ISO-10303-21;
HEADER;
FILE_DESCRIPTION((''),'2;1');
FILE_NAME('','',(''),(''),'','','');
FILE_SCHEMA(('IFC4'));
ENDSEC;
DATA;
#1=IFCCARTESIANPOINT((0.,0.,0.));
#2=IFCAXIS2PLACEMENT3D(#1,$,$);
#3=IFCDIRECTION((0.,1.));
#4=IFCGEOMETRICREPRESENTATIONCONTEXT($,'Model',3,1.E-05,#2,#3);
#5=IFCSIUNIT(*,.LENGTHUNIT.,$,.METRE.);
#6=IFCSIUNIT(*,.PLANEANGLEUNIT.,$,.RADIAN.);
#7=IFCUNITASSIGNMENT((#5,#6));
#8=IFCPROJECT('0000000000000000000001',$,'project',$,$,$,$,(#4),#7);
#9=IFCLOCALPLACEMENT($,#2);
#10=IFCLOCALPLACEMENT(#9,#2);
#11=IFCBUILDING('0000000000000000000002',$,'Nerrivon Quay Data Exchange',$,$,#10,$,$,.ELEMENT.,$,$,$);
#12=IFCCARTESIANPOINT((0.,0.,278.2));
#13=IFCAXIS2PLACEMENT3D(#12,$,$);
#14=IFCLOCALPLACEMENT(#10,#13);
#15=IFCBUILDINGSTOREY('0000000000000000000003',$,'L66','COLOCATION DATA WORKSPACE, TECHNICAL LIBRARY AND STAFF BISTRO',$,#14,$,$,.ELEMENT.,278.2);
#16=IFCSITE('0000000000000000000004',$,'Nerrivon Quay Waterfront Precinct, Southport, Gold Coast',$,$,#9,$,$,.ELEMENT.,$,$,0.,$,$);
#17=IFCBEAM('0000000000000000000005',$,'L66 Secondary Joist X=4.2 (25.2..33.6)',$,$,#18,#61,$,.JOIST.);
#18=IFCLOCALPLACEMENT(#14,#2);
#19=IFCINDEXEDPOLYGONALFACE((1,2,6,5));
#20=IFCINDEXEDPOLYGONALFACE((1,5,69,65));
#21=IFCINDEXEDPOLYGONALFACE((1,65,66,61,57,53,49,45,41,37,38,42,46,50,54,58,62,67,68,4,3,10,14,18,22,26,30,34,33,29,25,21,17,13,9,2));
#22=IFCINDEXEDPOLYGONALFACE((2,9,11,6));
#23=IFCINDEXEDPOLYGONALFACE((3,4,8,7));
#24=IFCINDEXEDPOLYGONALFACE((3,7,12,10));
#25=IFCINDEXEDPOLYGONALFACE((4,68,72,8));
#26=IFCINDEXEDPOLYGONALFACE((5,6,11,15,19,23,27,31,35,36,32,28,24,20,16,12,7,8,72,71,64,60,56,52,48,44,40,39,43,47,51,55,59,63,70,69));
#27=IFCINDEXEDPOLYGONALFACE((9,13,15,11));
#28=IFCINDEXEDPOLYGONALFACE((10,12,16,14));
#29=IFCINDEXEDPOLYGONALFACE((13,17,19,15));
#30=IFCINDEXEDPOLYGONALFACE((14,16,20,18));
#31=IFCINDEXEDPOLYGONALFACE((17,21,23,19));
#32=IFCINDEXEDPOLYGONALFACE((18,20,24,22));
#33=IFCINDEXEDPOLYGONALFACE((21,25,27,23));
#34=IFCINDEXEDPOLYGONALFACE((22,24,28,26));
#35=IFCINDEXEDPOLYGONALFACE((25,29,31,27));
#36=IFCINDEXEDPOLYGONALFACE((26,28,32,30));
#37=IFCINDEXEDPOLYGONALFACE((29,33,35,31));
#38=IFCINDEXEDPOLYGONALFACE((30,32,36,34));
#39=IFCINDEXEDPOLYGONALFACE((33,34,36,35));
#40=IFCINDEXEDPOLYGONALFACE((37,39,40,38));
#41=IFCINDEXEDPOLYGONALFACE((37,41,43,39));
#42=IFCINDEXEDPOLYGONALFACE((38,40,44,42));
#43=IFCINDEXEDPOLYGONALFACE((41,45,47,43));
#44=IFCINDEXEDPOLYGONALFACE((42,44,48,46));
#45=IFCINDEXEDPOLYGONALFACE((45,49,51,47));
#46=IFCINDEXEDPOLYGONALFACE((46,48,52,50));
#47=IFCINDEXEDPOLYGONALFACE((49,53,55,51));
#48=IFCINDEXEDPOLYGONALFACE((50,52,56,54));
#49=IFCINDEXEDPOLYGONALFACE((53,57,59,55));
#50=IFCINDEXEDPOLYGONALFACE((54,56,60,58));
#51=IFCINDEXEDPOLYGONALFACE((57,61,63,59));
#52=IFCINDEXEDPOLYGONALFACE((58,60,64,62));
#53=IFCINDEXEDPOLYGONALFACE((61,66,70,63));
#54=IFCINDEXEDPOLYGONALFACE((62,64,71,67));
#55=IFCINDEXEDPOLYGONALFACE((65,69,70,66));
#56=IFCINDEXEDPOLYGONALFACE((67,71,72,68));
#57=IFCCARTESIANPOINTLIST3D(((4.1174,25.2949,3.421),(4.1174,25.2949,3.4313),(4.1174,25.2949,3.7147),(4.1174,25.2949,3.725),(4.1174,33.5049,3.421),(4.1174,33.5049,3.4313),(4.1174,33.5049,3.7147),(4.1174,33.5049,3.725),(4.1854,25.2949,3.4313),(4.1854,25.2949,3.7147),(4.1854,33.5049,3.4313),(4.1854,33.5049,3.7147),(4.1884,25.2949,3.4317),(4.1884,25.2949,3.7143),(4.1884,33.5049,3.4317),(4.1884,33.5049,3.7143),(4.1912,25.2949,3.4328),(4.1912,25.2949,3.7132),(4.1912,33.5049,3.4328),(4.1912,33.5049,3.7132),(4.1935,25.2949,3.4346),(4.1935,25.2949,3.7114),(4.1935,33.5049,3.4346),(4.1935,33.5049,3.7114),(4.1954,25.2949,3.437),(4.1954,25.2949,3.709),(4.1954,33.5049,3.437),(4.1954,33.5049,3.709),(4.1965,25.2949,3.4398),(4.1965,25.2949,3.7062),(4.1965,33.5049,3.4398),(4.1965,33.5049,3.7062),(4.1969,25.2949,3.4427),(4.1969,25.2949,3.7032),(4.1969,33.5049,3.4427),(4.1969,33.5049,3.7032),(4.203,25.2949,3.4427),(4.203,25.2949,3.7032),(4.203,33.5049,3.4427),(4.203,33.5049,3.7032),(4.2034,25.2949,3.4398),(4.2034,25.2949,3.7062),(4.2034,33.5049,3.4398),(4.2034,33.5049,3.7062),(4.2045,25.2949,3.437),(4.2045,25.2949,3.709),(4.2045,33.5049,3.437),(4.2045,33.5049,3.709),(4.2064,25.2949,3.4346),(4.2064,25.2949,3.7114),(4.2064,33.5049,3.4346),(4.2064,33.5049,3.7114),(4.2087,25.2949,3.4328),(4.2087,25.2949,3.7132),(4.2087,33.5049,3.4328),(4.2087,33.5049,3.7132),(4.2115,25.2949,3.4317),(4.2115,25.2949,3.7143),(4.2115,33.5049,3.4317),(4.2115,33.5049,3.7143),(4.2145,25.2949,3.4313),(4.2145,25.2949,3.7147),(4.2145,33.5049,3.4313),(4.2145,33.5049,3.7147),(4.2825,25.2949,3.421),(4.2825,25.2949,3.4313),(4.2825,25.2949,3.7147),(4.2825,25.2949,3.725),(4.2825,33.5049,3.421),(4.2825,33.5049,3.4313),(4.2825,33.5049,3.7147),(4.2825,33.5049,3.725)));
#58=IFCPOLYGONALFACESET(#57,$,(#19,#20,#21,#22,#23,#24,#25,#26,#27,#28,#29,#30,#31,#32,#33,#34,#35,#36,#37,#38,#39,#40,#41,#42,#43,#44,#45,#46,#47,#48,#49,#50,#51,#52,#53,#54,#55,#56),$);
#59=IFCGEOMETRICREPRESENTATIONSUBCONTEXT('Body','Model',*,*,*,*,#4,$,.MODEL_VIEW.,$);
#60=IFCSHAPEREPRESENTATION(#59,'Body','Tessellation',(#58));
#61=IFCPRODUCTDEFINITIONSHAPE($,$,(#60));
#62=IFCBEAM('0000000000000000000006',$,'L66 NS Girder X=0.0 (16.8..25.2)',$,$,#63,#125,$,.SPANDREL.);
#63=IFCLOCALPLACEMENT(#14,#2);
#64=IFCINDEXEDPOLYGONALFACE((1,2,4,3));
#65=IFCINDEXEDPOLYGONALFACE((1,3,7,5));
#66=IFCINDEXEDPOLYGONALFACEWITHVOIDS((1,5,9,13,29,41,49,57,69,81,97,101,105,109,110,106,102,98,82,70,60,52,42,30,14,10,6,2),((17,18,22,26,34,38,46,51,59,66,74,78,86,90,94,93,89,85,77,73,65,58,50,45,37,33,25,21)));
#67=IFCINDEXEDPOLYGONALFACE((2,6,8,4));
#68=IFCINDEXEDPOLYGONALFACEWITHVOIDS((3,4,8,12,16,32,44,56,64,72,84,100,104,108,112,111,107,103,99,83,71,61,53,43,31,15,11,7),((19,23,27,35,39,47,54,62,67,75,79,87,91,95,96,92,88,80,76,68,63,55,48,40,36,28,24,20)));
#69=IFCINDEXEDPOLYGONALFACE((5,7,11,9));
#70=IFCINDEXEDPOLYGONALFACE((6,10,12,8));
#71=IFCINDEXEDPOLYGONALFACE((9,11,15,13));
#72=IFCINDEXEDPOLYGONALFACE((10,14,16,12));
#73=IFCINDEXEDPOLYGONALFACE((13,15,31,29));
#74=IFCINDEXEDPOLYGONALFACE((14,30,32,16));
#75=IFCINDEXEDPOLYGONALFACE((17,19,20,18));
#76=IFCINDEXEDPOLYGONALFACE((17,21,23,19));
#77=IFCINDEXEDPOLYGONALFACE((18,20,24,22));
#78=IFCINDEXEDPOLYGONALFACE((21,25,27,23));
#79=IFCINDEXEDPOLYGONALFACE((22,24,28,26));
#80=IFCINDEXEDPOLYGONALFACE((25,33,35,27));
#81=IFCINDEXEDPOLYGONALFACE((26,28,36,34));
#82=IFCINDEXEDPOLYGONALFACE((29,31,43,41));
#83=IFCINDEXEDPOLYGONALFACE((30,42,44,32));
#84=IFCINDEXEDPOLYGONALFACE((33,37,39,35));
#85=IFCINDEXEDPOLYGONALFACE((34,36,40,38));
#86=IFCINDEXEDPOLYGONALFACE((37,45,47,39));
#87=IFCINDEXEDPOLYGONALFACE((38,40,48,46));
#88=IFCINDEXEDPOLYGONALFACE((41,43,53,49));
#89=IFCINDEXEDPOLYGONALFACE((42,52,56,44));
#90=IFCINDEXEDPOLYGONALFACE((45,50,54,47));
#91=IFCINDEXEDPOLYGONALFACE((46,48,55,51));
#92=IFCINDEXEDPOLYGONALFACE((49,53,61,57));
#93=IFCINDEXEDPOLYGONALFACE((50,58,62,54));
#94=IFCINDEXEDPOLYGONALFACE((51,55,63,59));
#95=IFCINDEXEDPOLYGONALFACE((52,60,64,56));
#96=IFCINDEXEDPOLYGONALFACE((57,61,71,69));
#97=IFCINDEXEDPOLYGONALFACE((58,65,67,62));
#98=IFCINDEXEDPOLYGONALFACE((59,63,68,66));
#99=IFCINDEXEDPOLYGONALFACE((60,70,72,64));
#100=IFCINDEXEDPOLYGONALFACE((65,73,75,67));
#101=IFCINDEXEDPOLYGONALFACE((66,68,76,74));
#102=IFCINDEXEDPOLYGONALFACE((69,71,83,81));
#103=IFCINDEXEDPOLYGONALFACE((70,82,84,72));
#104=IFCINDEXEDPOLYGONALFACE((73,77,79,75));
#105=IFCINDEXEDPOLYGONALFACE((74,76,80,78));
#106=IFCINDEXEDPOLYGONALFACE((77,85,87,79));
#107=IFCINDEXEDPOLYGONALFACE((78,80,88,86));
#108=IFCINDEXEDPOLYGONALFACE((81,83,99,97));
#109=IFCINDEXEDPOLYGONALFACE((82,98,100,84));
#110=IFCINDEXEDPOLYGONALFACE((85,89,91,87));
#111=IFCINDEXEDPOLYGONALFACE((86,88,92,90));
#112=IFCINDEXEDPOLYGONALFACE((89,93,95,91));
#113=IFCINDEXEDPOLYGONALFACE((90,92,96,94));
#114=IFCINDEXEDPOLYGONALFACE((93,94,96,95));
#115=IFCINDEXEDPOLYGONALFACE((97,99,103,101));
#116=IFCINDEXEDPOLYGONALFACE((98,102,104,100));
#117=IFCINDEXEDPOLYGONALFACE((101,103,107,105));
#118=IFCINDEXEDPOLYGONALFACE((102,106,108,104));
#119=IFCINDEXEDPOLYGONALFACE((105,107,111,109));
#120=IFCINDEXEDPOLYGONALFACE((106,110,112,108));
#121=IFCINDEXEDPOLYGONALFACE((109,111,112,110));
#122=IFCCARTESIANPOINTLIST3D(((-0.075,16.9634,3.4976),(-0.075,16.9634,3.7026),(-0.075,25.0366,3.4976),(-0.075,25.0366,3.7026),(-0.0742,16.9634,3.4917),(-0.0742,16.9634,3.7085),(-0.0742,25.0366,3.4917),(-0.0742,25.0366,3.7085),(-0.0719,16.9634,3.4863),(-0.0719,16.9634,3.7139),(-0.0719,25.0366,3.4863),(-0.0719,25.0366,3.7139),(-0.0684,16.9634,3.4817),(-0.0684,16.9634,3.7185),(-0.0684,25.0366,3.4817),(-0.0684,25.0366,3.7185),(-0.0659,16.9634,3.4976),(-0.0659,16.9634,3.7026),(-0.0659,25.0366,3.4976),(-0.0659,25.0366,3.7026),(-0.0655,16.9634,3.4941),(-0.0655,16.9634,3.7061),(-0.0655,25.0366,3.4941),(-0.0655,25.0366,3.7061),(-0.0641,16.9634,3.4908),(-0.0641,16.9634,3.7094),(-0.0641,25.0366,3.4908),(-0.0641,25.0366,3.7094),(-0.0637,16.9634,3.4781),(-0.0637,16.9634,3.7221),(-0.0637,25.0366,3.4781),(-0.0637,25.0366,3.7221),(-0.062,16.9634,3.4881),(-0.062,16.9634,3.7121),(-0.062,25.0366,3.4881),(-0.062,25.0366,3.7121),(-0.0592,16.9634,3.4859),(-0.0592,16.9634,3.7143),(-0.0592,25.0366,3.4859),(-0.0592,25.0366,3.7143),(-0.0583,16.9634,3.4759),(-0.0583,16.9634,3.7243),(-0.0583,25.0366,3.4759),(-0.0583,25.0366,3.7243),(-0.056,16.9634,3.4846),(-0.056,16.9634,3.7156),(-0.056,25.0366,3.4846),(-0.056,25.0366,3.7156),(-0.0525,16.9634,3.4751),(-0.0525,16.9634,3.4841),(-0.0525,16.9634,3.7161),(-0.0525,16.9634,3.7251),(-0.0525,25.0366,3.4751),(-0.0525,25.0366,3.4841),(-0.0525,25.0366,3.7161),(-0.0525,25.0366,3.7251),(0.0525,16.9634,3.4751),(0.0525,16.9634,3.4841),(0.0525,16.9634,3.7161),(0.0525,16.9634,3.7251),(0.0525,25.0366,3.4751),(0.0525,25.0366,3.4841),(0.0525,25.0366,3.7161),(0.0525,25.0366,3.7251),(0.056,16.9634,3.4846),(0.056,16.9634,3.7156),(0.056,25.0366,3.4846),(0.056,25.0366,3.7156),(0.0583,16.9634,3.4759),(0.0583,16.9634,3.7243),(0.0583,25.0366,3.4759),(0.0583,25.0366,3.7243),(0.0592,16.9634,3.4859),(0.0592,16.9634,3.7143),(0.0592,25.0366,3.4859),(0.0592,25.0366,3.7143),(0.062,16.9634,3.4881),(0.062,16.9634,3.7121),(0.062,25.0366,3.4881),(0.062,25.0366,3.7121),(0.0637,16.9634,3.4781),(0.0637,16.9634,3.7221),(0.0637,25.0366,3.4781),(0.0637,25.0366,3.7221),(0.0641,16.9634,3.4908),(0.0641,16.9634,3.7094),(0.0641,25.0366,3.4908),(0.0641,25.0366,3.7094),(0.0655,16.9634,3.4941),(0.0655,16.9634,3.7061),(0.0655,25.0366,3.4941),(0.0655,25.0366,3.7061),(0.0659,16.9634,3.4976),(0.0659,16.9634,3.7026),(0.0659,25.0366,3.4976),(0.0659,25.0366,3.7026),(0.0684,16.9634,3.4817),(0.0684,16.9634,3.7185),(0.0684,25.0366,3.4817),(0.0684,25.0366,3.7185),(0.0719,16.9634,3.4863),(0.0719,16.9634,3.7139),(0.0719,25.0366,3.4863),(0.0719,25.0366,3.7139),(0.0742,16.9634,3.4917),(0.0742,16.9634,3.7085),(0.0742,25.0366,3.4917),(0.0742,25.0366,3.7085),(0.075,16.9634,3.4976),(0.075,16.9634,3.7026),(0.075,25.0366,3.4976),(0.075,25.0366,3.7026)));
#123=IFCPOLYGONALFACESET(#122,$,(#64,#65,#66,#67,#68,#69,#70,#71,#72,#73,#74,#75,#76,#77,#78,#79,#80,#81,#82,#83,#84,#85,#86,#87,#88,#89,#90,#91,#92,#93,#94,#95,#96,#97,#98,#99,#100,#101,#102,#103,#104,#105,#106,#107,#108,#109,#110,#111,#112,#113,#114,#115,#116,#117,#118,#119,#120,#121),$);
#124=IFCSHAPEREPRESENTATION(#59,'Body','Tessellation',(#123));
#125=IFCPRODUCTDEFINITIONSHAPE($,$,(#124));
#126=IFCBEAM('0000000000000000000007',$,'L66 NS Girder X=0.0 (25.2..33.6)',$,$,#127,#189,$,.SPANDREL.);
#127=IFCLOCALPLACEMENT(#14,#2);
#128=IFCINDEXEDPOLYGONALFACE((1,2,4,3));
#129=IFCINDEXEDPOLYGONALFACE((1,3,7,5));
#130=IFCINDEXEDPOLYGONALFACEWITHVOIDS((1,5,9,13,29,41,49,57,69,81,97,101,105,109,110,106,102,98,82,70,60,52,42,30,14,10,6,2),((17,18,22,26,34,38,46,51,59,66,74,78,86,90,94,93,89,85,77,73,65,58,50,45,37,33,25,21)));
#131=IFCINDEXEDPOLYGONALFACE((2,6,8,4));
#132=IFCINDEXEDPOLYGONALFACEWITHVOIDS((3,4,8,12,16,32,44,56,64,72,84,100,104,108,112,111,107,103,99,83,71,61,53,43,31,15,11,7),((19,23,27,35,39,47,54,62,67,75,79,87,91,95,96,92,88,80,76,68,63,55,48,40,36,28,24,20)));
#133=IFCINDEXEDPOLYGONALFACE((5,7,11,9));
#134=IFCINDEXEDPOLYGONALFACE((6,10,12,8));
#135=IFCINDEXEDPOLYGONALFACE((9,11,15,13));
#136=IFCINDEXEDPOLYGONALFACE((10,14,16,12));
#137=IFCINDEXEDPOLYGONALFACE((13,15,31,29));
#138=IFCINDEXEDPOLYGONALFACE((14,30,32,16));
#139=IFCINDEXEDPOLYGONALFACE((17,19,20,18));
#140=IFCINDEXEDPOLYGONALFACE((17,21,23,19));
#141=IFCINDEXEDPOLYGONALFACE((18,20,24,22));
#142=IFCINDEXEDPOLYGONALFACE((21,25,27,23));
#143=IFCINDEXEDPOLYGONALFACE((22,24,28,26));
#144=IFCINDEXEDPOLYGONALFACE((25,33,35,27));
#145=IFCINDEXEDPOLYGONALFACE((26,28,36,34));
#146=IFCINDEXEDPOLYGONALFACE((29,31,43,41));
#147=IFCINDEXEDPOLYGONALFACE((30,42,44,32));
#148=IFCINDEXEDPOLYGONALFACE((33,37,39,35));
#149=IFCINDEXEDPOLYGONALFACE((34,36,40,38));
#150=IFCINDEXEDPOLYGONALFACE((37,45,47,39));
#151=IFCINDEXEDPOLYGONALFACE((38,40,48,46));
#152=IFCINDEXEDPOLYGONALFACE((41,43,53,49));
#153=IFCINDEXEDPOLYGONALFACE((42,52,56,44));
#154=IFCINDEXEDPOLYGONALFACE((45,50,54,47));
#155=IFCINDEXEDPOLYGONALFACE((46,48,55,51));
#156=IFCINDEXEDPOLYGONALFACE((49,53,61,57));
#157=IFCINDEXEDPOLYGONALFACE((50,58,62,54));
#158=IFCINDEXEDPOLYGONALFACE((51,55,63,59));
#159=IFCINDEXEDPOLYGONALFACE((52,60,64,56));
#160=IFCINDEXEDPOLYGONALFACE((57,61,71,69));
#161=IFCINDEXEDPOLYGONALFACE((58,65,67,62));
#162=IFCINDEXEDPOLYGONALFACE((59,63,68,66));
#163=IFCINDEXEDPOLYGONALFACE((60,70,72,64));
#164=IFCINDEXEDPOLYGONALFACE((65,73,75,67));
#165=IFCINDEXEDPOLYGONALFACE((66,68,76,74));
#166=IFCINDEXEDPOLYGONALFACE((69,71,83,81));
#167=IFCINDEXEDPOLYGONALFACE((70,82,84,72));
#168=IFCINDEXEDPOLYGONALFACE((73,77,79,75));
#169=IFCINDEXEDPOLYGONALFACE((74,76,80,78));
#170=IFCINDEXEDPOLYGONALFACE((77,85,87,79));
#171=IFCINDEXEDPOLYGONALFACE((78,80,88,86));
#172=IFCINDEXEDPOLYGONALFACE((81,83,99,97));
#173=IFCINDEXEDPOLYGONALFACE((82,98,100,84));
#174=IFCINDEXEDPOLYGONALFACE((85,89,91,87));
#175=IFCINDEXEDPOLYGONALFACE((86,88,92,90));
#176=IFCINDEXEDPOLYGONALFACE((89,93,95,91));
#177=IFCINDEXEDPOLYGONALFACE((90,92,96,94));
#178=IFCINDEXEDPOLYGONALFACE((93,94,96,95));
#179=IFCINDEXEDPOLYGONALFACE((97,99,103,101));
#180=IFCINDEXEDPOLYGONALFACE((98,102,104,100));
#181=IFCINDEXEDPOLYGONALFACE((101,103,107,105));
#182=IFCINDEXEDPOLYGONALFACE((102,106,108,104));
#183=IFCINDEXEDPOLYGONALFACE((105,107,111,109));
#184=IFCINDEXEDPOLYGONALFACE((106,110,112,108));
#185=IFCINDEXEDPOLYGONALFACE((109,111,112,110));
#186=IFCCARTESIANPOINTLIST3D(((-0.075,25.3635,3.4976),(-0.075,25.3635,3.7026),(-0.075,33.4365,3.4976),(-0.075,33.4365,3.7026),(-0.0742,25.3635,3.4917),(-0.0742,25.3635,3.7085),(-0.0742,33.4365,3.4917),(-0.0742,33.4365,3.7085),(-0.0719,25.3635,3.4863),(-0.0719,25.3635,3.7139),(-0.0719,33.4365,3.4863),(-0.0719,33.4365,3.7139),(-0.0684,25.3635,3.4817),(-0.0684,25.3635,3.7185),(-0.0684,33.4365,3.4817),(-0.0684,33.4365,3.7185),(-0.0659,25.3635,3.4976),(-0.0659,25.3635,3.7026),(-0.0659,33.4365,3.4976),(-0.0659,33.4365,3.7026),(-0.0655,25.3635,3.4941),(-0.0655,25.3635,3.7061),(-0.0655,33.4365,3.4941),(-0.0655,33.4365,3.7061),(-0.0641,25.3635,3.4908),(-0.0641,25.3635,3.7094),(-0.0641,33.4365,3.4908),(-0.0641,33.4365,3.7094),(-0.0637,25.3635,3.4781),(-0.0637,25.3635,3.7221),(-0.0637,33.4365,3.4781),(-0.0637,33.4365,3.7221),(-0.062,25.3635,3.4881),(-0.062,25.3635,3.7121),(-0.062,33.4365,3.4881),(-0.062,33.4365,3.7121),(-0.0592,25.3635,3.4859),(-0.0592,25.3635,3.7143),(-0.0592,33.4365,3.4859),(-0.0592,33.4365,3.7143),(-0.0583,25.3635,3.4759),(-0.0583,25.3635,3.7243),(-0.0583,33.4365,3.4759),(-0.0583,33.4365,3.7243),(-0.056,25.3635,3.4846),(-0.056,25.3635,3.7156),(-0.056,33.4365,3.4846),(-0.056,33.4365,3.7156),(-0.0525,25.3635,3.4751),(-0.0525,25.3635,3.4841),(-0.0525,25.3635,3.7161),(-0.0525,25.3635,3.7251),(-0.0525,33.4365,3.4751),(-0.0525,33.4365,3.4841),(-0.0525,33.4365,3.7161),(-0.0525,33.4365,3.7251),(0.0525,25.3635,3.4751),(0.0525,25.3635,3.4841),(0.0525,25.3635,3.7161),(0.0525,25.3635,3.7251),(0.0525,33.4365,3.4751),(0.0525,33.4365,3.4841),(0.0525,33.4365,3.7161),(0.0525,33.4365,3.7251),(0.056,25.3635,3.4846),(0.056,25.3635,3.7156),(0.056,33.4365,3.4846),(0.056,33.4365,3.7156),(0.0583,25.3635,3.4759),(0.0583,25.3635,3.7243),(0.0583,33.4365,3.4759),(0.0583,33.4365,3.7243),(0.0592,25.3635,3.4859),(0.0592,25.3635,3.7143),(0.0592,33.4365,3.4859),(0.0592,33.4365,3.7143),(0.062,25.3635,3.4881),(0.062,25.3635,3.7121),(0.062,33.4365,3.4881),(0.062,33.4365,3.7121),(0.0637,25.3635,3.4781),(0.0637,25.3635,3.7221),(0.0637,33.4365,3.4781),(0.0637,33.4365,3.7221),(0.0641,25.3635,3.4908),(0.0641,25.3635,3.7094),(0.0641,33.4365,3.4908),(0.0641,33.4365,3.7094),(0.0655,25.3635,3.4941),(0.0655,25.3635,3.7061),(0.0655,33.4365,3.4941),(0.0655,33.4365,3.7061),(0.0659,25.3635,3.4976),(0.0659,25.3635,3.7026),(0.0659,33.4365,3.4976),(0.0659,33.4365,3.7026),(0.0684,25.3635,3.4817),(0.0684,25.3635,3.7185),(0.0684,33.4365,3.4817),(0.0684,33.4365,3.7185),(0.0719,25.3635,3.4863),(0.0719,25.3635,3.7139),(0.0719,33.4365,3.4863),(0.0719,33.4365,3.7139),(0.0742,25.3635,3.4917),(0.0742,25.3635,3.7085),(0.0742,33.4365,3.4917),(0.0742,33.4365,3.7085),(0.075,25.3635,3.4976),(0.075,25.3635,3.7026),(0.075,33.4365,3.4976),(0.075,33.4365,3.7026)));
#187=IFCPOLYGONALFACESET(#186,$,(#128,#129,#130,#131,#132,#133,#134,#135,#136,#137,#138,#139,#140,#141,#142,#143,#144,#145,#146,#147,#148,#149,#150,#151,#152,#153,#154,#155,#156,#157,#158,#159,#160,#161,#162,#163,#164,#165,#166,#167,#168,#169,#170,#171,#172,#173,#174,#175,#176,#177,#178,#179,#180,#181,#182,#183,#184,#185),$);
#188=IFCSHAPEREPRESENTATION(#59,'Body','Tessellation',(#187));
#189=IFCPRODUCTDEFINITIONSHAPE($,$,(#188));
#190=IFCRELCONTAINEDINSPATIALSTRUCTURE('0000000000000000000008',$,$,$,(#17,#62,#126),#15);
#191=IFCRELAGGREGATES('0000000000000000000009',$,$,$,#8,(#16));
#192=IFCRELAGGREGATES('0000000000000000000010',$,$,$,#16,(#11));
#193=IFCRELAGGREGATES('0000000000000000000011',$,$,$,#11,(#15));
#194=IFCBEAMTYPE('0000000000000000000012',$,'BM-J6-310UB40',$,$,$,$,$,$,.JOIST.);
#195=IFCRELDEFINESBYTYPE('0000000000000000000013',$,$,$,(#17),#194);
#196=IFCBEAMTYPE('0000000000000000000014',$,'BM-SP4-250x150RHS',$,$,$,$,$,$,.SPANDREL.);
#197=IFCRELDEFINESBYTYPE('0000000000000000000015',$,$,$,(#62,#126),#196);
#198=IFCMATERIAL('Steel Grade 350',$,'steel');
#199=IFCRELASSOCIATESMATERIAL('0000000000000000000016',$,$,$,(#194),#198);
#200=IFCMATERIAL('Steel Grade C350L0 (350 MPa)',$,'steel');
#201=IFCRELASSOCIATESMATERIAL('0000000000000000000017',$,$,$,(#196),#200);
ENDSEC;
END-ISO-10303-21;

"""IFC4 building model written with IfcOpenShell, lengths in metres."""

from ifc_helpers import new_model, si_unit, direction, frame, origin, origin_2d, place, context, subcontext, project, spatial, hollow_rectangle, i_section, extrude, material, material_profile, profile_set, type_object, element, save


model = new_model("IFC4")

# Units and contexts
model_context = context("Model", 3, precision=1e-05, world=origin(), true_north=direction((0.0, 1.0)))
body_context = subcontext(model_context, "Body", "Model", "MODEL_VIEW")
ifc_project = project(units=[si_unit("LENGTHUNIT", "METRE"), si_unit("PLANEANGLEUNIT", "RADIAN")], contexts=[model_context])

# Site, building, storey
site_placement = place(None, origin())
site = spatial("IfcSite", under=ifc_project, at=site_placement, Name="Nerrivon Quay Waterfront Precinct, Southport, Gold Coast", CompositionType="ELEMENT", RefElevation=0.0)
building_placement = place(site_placement, origin())
building = spatial("IfcBuilding", under=site, at=building_placement, Name="Nerrivon Quay Data Exchange", CompositionType="ELEMENT")
storey_placement = place(building_placement, frame((0.0, 0.0, 278.2)))
storey = spatial("IfcBuildingStorey", under=building, at=storey_placement, Name="L66", Description="COLOCATION DATA WORKSPACE, TECHNICAL LIBRARY AND STAFF BISTRO", CompositionType="ELEMENT", Elevation=278.2)

# Shared definitions
ifc_material_1 = material(Name="Steel Grade 350", Category="steel")

# Beams
ifc_material_profile_1 = material_profile(ifc_material_1, i_section(OverallWidth=0.165, OverallDepth=0.304, WebThickness=0.0061, FlangeThickness=0.0103, FilletRadius=0.0115, at=origin_2d()), Name="310UB40.4")
ifc_profile_set_1 = profile_set([ifc_material_profile_1], Name="Steel Grade 350")
beam_type_1 = type_object("IfcBeamType", Name="BM-J6-310UB40", PredefinedType="JOIST", material=ifc_profile_set_1)
for number, where, z_axis, x_axis, name in (
    (1, (4.2, 25.2949, 3.573), (0.0, 1.0, 0.0), (-1.0, 0.0, 0.0), "L66 Secondary Joist X=4.2 (25.2..33.6)"),
):
    element("IfcBeam", number, at=place(storey_placement, frame(where, z_axis=z_axis, x_axis=x_axis)), inside=storey, type_object=beam_type_1, Name=name, PredefinedType="JOIST", context=body_context, shape_type="SweptSolid", body=[
        extrude(i_section(OverallWidth=0.165, OverallDepth=0.304, WebThickness=0.0061, FlangeThickness=0.0103, FilletRadius=0.0115, at=origin_2d()), origin(), (0.0, 0.0, 1.0), 8.21),
    ])
ifc_material_2 = material(Name="Steel Grade C350L0 (350 MPa)", Category="steel")
ifc_material_profile_2 = material_profile(ifc_material_2, hollow_rectangle(XDim=0.1499, YDim=0.25, WallThickness=0.009, InnerFilletRadius=0.0134, OuterFilletRadius=0.0225, at=origin_2d()), Name="250x150x9.0RHS")
ifc_profile_set_2 = profile_set([ifc_material_profile_2], Name="Steel Grade C350L0 (350 MPa)")
beam_type_2 = type_object("IfcBeamType", Name="BM-SP4-250x150RHS", PredefinedType="SPANDREL", material=ifc_profile_set_2)
beam_1_placement = place(storey_placement, frame((0.0, 16.9634, 3.6001), z_axis=(0.0, 1.0, 0.0), x_axis=(-1.0, 0.0, 0.0)))
element("IfcBeam", 2, at=beam_1_placement, inside=storey, type_object=beam_type_2, Name="L66 NS Girder X=0.0 (16.8..25.2)", PredefinedType="SPANDREL", context=body_context, shape_type="SweptSolid", body=[
    extrude(hollow_rectangle(XDim=0.1499, YDim=0.25, WallThickness=0.009, InnerFilletRadius=0.0134, OuterFilletRadius=0.0225, at=origin_2d()), origin(), (0.0, 0.0, 1.0), 8.0732),
])
beam_2_placement = place(storey_placement, frame((0.0, 25.3635, 3.6001), z_axis=(0.0, 1.0, 0.0), x_axis=(-1.0, 0.0, 0.0)))
element("IfcBeam", 3, at=beam_2_placement, inside=storey, type_object=beam_type_2, Name="L66 NS Girder X=0.0 (25.2..33.6)", PredefinedType="SPANDREL", context=body_context, shape_type="SweptSolid", body=[
    extrude(hollow_rectangle(XDim=0.1499, YDim=0.25, WallThickness=0.009, InnerFilletRadius=0.0134, OuterFilletRadius=0.0225, at=origin_2d()), origin(), (0.0, 0.0, 1.0), 8.073),
])

save(model, "model.ifc")
